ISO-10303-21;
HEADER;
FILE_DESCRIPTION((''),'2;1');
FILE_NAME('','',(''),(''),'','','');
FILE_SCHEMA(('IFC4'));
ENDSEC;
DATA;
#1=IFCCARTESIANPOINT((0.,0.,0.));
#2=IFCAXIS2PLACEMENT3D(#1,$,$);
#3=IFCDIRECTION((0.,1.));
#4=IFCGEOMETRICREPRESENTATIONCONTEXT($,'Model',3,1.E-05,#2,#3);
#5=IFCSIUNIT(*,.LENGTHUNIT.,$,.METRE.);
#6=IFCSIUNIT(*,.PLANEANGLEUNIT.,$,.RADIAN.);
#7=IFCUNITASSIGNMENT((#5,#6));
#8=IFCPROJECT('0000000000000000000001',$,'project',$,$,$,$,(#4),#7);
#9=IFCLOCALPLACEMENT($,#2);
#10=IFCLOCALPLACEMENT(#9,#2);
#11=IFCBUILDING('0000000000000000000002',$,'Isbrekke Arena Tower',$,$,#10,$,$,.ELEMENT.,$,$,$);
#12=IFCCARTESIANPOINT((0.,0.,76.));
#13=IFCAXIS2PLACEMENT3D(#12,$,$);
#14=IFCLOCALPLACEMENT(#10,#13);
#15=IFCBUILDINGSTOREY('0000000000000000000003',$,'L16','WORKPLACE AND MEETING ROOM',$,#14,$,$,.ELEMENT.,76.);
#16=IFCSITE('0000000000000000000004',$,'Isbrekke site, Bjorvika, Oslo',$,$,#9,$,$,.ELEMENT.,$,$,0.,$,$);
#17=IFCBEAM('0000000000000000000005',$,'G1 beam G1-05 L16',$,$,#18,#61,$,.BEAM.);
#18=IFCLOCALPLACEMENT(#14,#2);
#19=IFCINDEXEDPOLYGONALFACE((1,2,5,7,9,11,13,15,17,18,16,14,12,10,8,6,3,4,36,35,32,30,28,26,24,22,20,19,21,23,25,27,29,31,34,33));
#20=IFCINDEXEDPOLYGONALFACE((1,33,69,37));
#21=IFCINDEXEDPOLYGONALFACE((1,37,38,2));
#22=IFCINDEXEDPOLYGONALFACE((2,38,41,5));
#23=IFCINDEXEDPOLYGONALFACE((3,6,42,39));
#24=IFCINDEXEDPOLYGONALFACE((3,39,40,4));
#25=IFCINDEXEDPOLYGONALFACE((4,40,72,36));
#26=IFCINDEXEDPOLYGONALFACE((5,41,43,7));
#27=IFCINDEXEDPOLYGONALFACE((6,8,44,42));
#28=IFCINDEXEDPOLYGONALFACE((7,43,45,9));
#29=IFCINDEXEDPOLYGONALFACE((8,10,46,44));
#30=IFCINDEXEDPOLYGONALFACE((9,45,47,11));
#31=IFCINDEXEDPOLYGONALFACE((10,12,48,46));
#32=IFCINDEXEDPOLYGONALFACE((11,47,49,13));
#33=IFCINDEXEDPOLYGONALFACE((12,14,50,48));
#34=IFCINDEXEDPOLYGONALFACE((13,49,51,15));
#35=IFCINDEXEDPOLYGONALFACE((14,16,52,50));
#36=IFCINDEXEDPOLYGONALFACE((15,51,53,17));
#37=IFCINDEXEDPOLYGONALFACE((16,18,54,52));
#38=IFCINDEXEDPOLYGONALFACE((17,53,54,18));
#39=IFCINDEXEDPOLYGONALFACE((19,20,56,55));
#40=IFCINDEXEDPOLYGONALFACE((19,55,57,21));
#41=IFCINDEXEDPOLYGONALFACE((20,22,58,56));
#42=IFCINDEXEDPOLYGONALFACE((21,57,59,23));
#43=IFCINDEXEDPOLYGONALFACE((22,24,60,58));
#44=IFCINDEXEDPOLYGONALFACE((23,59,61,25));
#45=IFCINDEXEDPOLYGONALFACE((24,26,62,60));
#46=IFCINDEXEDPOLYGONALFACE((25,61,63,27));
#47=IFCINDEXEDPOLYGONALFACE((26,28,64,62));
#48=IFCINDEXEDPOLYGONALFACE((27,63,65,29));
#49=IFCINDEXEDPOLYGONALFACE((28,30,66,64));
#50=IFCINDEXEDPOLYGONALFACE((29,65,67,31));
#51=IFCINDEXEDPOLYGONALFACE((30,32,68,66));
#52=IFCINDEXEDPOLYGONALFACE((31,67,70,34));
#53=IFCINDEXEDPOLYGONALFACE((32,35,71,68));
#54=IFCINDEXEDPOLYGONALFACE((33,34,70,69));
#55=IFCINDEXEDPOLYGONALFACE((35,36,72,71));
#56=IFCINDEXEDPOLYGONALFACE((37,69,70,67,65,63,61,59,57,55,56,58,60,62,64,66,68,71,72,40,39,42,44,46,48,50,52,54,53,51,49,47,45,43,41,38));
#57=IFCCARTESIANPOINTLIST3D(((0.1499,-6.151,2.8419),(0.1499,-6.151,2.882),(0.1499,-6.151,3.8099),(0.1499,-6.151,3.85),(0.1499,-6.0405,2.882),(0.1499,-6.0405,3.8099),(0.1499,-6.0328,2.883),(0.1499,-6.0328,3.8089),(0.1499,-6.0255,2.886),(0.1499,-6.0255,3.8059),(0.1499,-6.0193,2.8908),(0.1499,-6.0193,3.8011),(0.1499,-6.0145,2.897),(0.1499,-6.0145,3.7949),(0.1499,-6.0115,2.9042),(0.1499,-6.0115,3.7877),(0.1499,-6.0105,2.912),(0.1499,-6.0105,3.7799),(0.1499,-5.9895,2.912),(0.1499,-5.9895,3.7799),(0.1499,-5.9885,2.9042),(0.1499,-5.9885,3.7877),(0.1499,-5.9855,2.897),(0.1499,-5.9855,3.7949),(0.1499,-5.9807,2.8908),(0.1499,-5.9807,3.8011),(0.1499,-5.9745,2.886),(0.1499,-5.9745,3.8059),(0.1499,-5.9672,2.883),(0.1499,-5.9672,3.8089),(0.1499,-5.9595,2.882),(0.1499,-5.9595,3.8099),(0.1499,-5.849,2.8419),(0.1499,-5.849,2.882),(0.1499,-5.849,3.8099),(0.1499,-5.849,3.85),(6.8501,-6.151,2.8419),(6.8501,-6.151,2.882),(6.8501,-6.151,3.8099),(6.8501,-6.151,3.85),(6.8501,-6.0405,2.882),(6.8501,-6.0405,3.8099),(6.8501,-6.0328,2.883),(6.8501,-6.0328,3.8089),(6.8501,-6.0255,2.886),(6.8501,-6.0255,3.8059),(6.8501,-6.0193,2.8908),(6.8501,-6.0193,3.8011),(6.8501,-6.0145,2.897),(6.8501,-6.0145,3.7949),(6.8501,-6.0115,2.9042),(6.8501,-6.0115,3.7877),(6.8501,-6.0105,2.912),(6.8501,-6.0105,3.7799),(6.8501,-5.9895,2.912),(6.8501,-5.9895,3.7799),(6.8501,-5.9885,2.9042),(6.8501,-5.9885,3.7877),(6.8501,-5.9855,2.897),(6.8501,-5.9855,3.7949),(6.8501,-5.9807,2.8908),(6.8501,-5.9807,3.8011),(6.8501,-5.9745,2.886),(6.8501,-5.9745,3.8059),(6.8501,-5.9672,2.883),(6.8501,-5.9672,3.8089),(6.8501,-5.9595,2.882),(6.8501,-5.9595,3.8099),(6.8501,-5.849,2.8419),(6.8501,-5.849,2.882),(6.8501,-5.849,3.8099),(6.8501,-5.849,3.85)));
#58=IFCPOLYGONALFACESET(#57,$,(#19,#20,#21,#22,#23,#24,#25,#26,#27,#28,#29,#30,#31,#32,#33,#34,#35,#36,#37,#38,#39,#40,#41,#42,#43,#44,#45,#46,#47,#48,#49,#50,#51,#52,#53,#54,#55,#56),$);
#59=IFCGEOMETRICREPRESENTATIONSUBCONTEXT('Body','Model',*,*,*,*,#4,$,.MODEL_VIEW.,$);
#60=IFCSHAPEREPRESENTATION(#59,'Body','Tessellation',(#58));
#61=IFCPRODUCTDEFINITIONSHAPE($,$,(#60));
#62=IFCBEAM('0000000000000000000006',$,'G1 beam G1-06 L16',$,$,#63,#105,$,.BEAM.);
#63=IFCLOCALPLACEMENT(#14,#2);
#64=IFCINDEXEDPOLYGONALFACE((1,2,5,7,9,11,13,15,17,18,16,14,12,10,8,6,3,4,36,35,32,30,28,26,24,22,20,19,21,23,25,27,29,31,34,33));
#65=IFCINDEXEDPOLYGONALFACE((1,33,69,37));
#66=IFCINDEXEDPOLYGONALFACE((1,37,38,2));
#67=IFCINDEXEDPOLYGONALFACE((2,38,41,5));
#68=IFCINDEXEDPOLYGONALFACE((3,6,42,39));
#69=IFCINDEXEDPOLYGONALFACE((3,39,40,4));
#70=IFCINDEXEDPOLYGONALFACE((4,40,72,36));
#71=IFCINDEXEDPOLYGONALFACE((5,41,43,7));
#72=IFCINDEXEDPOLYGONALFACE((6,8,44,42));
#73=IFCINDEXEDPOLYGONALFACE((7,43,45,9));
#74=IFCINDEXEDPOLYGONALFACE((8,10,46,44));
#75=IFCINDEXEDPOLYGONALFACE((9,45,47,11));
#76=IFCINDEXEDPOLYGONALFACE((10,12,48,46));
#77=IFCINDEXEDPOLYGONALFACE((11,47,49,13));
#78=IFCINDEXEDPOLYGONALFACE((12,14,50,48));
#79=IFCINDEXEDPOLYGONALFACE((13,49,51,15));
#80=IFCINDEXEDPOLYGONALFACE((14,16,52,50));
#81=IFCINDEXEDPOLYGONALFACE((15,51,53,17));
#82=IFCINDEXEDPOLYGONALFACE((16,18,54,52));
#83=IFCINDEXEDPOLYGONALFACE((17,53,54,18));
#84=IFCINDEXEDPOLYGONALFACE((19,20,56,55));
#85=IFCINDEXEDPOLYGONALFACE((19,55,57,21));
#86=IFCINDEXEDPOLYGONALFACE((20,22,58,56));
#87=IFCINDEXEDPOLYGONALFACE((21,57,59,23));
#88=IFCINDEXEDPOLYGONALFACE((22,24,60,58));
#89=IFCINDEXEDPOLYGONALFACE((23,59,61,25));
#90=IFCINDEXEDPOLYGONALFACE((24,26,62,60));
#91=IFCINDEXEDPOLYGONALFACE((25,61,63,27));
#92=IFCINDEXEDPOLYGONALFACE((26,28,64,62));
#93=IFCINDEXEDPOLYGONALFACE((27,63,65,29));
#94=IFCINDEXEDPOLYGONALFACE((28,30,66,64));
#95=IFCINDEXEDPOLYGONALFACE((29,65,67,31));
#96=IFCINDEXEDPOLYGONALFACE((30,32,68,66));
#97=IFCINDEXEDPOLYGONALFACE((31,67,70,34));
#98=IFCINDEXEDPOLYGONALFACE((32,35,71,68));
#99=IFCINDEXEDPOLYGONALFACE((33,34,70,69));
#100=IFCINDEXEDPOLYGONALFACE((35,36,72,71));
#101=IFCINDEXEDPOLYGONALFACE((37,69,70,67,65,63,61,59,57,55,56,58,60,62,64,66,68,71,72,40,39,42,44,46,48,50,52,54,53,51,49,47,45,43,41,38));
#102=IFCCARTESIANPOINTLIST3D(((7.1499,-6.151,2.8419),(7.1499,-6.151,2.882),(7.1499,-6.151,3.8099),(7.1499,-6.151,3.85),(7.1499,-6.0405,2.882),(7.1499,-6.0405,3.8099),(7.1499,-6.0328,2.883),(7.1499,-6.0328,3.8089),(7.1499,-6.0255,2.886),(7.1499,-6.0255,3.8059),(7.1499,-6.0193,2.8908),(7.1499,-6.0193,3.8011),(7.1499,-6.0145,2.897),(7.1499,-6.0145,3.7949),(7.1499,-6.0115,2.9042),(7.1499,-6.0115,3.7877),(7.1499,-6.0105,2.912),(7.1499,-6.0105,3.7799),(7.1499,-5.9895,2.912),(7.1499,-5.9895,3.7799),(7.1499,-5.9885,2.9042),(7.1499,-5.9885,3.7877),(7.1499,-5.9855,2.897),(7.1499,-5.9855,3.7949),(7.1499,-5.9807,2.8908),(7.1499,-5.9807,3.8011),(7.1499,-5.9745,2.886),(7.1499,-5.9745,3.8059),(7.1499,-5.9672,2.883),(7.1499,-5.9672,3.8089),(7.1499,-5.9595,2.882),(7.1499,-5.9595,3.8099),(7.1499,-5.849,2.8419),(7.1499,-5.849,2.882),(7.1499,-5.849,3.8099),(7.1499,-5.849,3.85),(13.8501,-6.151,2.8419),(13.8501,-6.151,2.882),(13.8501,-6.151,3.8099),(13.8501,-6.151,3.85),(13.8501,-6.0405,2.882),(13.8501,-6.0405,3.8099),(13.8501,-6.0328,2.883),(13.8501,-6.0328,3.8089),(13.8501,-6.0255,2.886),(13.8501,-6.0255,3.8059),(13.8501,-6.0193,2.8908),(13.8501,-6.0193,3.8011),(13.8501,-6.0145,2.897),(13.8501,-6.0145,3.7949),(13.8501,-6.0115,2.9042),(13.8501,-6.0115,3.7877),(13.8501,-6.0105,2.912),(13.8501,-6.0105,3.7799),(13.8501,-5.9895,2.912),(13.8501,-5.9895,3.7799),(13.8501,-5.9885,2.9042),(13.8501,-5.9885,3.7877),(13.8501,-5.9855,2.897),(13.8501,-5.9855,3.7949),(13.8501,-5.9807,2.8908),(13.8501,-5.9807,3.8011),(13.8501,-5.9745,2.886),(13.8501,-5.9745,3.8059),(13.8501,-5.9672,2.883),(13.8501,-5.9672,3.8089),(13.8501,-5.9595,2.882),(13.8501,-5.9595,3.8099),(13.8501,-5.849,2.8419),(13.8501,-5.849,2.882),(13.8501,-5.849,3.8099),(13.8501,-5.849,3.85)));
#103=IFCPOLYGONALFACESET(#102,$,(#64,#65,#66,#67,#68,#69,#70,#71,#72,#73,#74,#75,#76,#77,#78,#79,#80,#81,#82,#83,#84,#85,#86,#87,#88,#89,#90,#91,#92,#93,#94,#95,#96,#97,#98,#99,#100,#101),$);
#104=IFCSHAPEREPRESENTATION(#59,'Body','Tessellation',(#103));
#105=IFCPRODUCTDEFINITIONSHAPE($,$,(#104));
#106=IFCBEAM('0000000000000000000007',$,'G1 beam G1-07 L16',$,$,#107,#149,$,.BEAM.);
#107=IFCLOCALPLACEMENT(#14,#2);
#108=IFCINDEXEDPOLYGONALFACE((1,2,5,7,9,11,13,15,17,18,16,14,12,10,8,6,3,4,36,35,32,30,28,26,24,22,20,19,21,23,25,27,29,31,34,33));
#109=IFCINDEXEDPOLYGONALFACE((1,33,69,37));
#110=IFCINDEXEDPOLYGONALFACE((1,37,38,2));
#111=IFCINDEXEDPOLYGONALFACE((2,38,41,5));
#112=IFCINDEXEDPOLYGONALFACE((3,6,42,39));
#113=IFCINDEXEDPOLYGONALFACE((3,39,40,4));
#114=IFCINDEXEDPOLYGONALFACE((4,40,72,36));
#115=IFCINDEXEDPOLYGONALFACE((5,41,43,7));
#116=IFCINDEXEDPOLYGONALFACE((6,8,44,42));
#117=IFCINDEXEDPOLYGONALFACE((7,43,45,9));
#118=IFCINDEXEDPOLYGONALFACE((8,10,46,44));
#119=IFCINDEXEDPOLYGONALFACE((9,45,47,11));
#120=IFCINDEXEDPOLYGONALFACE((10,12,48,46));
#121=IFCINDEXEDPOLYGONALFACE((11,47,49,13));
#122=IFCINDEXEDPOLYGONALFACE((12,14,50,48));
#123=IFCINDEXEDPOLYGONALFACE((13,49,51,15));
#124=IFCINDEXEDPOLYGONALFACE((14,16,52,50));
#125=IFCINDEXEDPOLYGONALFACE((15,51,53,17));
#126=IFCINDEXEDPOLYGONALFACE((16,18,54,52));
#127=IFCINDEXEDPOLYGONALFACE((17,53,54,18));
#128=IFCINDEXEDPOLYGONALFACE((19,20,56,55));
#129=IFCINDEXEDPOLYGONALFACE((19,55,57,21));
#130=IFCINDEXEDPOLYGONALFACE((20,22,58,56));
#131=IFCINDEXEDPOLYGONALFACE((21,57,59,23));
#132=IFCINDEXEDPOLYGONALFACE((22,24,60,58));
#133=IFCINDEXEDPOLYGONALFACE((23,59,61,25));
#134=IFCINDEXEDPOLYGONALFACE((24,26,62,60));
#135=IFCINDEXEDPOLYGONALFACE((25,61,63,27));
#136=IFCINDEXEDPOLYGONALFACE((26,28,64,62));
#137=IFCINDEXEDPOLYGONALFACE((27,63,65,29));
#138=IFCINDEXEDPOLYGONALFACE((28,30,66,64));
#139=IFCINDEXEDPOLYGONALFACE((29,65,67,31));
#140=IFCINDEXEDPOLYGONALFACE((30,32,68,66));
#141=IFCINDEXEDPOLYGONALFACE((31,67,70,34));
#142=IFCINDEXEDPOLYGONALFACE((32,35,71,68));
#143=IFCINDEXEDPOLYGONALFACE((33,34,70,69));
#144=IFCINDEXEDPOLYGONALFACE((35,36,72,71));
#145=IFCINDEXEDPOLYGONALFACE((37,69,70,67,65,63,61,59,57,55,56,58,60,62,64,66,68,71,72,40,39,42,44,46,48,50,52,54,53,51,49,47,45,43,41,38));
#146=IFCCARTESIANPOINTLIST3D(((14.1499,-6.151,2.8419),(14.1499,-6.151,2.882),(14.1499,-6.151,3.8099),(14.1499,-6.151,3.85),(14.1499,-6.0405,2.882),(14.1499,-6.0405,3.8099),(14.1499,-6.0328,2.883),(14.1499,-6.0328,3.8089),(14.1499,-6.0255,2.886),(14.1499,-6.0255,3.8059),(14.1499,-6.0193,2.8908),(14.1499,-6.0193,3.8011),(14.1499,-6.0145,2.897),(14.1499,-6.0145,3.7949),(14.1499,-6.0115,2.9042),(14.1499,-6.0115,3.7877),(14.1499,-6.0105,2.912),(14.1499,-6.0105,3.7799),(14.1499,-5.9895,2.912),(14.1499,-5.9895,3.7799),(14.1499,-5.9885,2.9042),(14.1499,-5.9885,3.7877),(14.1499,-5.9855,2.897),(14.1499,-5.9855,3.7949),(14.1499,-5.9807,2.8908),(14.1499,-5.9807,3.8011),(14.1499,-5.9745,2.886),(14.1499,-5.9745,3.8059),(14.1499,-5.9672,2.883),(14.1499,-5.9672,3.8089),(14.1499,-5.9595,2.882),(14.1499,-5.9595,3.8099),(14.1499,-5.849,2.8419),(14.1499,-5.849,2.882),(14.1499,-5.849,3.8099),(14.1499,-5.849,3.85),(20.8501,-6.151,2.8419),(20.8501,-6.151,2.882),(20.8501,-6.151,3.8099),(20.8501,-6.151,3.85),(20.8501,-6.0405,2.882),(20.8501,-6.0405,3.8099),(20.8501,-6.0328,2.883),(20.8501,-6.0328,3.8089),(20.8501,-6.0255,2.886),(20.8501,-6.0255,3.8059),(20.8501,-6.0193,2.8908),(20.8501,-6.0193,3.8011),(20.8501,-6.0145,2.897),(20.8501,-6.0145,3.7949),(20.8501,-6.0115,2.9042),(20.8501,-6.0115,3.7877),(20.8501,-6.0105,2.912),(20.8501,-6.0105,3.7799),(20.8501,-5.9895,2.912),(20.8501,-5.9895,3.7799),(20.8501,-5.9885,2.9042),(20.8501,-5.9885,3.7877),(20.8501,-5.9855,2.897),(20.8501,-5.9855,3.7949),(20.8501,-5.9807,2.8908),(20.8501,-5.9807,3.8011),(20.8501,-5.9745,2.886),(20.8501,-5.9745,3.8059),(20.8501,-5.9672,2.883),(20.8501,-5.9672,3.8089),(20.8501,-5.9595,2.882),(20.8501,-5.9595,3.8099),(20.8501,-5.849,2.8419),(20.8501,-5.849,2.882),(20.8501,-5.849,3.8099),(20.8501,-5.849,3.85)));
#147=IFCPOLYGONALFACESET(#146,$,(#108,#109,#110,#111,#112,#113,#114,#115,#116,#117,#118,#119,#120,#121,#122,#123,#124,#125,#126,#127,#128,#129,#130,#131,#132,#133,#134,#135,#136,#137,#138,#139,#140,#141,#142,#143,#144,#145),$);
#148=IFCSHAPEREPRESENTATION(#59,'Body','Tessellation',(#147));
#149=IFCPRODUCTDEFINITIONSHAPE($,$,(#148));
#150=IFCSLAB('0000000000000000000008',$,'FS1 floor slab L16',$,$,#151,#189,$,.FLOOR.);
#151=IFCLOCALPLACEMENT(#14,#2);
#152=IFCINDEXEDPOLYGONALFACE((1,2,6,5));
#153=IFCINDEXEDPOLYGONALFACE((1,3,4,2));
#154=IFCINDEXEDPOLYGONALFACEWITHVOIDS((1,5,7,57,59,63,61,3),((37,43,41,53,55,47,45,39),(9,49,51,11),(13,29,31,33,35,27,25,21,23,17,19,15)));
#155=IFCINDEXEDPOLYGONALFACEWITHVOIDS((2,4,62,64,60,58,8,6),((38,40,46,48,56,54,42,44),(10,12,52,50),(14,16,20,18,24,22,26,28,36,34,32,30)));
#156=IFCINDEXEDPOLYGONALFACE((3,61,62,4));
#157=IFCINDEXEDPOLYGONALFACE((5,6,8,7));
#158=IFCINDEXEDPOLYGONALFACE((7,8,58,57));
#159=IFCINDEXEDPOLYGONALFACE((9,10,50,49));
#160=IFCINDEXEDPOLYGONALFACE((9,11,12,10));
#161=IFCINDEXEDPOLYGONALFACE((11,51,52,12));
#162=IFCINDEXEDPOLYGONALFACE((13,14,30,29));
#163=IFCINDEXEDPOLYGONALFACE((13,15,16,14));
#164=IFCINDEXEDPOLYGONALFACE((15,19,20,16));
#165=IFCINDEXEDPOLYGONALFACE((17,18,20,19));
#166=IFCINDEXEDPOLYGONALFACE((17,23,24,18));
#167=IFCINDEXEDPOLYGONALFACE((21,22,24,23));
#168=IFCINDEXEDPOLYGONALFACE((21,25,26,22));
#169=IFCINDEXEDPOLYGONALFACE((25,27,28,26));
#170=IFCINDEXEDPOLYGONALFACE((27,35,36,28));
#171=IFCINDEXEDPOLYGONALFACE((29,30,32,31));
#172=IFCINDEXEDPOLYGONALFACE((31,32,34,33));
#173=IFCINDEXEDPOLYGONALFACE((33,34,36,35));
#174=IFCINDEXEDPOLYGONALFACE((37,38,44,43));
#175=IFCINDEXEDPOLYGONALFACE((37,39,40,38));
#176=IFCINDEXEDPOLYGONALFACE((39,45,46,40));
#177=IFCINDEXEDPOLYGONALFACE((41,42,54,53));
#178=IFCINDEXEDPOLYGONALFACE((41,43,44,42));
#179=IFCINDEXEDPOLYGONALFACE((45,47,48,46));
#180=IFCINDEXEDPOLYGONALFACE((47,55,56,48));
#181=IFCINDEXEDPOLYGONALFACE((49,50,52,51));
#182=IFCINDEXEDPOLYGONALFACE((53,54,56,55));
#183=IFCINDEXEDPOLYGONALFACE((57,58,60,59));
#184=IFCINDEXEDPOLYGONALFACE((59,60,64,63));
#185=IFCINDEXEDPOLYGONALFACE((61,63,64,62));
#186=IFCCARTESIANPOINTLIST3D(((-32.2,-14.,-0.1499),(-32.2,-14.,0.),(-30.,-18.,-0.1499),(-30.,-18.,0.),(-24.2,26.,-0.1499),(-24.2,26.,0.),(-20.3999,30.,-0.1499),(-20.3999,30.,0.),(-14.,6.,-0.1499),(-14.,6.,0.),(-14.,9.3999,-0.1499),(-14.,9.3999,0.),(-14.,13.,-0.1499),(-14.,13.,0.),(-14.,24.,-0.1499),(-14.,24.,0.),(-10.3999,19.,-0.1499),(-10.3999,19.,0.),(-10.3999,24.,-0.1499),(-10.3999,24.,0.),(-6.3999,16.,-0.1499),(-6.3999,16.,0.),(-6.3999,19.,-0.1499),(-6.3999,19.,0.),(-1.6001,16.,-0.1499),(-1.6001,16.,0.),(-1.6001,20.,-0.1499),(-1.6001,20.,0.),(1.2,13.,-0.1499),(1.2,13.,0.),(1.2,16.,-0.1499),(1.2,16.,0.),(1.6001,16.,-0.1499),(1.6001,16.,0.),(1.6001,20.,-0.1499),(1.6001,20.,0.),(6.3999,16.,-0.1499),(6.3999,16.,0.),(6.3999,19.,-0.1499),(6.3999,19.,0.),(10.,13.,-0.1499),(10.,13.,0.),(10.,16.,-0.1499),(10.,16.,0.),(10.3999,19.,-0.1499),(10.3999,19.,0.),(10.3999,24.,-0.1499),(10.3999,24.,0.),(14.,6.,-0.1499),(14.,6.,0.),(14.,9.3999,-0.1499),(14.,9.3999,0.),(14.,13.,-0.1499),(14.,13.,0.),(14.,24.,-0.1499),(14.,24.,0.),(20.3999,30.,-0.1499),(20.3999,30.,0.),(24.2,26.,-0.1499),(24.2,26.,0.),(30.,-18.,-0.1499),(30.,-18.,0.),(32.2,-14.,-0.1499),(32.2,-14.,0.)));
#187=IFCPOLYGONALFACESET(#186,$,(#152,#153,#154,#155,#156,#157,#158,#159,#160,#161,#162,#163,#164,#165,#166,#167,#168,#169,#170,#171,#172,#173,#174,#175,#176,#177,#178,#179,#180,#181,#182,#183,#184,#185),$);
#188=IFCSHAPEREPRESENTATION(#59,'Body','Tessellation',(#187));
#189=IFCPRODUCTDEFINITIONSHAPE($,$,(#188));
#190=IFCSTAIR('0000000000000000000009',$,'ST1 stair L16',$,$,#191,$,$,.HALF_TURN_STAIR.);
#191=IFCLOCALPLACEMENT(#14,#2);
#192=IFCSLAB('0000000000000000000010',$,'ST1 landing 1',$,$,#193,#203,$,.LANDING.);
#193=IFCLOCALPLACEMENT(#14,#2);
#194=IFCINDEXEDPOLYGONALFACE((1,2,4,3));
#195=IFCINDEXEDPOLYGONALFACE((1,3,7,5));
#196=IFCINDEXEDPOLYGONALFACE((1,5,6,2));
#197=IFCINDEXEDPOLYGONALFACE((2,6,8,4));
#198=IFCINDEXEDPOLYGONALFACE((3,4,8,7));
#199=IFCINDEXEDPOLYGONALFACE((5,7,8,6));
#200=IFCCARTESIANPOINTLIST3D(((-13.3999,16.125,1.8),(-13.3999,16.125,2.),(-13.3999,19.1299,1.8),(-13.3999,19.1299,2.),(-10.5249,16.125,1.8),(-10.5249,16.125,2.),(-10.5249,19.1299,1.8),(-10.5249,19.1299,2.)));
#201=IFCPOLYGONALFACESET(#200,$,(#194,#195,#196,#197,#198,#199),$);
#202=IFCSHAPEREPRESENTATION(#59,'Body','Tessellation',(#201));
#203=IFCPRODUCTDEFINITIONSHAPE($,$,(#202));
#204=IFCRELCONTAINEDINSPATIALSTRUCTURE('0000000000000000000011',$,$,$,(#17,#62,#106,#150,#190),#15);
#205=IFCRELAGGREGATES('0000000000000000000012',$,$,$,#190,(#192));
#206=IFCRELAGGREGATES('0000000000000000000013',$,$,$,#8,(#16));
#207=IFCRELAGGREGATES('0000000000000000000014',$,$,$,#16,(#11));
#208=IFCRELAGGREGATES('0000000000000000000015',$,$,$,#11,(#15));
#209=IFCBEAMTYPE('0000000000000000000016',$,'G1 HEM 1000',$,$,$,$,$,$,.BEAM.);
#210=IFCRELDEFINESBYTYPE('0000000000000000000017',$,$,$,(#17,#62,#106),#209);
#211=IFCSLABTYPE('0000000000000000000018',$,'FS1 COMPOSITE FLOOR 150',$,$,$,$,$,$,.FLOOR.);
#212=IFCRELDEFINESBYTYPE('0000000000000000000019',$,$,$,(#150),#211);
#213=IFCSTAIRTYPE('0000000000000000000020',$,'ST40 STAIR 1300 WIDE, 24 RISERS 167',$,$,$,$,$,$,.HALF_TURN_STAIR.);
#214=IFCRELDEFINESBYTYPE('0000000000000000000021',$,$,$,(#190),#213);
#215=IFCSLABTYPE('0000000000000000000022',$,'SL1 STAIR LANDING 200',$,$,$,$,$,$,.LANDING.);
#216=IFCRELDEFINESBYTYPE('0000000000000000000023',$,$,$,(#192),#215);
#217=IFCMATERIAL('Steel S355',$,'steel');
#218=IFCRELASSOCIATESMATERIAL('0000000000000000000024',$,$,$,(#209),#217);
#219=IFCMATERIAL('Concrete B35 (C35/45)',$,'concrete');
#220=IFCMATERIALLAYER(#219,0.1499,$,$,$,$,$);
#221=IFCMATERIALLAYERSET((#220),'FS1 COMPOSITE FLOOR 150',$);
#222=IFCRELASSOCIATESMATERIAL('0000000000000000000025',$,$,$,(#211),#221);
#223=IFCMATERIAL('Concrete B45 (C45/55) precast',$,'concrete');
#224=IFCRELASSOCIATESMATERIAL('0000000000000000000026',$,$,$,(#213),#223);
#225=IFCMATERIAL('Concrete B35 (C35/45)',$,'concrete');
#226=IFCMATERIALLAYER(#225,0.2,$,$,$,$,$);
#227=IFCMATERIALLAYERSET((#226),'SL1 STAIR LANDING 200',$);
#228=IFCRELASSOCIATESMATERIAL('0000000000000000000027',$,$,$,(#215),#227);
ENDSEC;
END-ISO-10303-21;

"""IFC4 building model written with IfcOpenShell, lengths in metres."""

from ifc_helpers import new_model, si_unit, direction, frame, origin, origin_2d, place, context, subcontext, project, spatial, polyline, i_section, outline, extrude, material, layer, layer_set, material_profile, profile_set, type_object, element, aggregate, save


model = new_model("IFC4")

# Units and contexts
model_context = context("Model", 3, precision=1e-05, world=origin(), true_north=direction((0.0, 1.0)))
body_context = subcontext(model_context, "Body", "Model", "MODEL_VIEW")
ifc_project = project(units=[si_unit("LENGTHUNIT", "METRE"), si_unit("PLANEANGLEUNIT", "RADIAN")], contexts=[model_context])

# Site, building, storey
site_placement = place(None, origin())
site = spatial("IfcSite", under=ifc_project, at=site_placement, Name="Isbrekke site, Bjorvika, Oslo", CompositionType="ELEMENT", RefElevation=0.0)
building_placement = place(site_placement, origin())
building = spatial("IfcBuilding", under=site, at=building_placement, Name="Isbrekke Arena Tower", CompositionType="ELEMENT")
storey_placement = place(building_placement, frame((0.0, 0.0, 76.0)))
storey = spatial("IfcBuildingStorey", under=building, at=storey_placement, Name="L16", Description="WORKPLACE AND MEETING ROOM", CompositionType="ELEMENT", Elevation=76.0)

# Beams
ifc_material_1 = material(Name="Steel S355", Category="steel")
ifc_material_profile_1 = material_profile(ifc_material_1, i_section(OverallWidth=0.302, OverallDepth=1.0081, WebThickness=0.021, FlangeThickness=0.04, FilletRadius=0.03, at=origin_2d()), Name="HEM 1000")
ifc_profile_set_1 = profile_set([ifc_material_profile_1], Name="Steel S355")
beam_type_1 = type_object("IfcBeamType", Name="G1 HEM 1000", PredefinedType="BEAM", material=ifc_profile_set_1)
for number, where, z_axis, x_axis, name in (
    (1, (0.1499, -6.0, 3.3459), (1.0, 0.0, 0.0), (0.0, 1.0, 0.0), "G1 beam G1-05 L16"),
    (2, (7.1499, -6.0, 3.3459), (1.0, 0.0, 0.0), (0.0, 1.0, 0.0), "G1 beam G1-06 L16"),
    (3, (14.1499, -6.0, 3.3459), (1.0, 0.0, 0.0), (0.0, 1.0, 0.0), "G1 beam G1-07 L16"),
):
    element("IfcBeam", number, at=place(storey_placement, frame(where, z_axis=z_axis, x_axis=x_axis)), inside=storey, type_object=beam_type_1, Name=name, PredefinedType="BEAM", context=body_context, shape_type="SweptSolid", body=[
        extrude(i_section(OverallWidth=0.302, OverallDepth=1.0081, WebThickness=0.021, FlangeThickness=0.04, FilletRadius=0.03, at=origin_2d()), origin(), (0.0, 0.0, 1.0), 6.7002),
    ])

# Slab
ifc_material_2 = material(Name="Concrete B35 (C35/45)", Category="concrete")
ifc_layer_1 = layer(ifc_material_2, 0.1499)
ifc_layer_set_1 = layer_set([ifc_layer_1], Name="FS1 COMPOSITE FLOOR 150")
slab_type_1 = type_object("IfcSlabType", Name="FS1 COMPOSITE FLOOR 150", PredefinedType="FLOOR", material=ifc_layer_set_1)
slab_1_placement = place(storey_placement, frame((0.0, 0.0, -0.1499)))
element("IfcSlab", 4, at=slab_1_placement, inside=storey, type_object=slab_type_1, Name="FS1 floor slab L16", PredefinedType="FLOOR", context=body_context, shape_type="SweptSolid", body=[
    extrude(outline(polyline([(-30.0, -18.0), (30.0, -18.0), (32.2, -14.0), (24.2, 26.0), (20.3999, 30.0), (-20.3999, 30.0), (-24.2, 26.0), (-32.2, -14.0), (-30.0, -18.0)]), holes=[polyline([(14.0, 9.3999), (14.0, 6.0), (-14.0, 6.0), (-14.0, 9.3999), (14.0, 9.3999)]), polyline([(-6.3999, 19.0), (-6.3999, 16.0), (-1.6001, 16.0), (-1.6001, 20.0), (1.6001, 20.0), (1.6001, 16.0), (1.2, 16.0), (1.2, 13.0), (-14.0, 13.0), (-14.0, 24.0), (-10.3999, 24.0), (-10.3999, 19.0), (-6.3999, 19.0)]), polyline([(10.0, 13.0), (10.0, 16.0), (6.3999, 16.0), (6.3999, 19.0), (10.3999, 19.0), (10.3999, 24.0), (14.0, 24.0), (14.0, 13.0), (10.0, 13.0)])]), origin(), (0.0, 0.0, 1.0), 0.1499),
])

# Stair, slab
ifc_material_3 = material(Name="Concrete B45 (C45/55) precast", Category="concrete")
stair_type = type_object("IfcStairType", Name="ST40 STAIR 1300 WIDE, 24 RISERS 167", PredefinedType="HALF_TURN_STAIR", material=ifc_material_3)
stair_1_placement = place(storey_placement, origin())
stair_1 = element("IfcStair", 5, at=stair_1_placement, inside=storey, type_object=stair_type, Name="ST1 stair L16", PredefinedType="HALF_TURN_STAIR")
ifc_material_4 = material(Name="Concrete B35 (C35/45)", Category="concrete")
ifc_layer_2 = layer(ifc_material_4, 0.2)
ifc_layer_set_2 = layer_set([ifc_layer_2], Name="SL1 STAIR LANDING 200")
slab_type_2 = type_object("IfcSlabType", Name="SL1 STAIR LANDING 200", PredefinedType="LANDING", material=ifc_layer_set_2)
slab_2_placement = place(storey_placement, frame((0.0, 0.0, 1.8)))
slab_2 = element("IfcSlab", 6, at=slab_2_placement, type_object=slab_type_2, Name="ST1 landing 1", PredefinedType="LANDING", context=body_context, shape_type="SweptSolid", body=[
    extrude(outline(polyline([(-13.3999, 16.125), (-10.5249, 16.125), (-10.5249, 19.1299), (-13.3999, 19.1299), (-13.3999, 16.125)])), origin(), (0.0, 0.0, 1.0), 0.2),
])
aggregate(stair_1, [slab_2])

save(model, "model.ifc")
